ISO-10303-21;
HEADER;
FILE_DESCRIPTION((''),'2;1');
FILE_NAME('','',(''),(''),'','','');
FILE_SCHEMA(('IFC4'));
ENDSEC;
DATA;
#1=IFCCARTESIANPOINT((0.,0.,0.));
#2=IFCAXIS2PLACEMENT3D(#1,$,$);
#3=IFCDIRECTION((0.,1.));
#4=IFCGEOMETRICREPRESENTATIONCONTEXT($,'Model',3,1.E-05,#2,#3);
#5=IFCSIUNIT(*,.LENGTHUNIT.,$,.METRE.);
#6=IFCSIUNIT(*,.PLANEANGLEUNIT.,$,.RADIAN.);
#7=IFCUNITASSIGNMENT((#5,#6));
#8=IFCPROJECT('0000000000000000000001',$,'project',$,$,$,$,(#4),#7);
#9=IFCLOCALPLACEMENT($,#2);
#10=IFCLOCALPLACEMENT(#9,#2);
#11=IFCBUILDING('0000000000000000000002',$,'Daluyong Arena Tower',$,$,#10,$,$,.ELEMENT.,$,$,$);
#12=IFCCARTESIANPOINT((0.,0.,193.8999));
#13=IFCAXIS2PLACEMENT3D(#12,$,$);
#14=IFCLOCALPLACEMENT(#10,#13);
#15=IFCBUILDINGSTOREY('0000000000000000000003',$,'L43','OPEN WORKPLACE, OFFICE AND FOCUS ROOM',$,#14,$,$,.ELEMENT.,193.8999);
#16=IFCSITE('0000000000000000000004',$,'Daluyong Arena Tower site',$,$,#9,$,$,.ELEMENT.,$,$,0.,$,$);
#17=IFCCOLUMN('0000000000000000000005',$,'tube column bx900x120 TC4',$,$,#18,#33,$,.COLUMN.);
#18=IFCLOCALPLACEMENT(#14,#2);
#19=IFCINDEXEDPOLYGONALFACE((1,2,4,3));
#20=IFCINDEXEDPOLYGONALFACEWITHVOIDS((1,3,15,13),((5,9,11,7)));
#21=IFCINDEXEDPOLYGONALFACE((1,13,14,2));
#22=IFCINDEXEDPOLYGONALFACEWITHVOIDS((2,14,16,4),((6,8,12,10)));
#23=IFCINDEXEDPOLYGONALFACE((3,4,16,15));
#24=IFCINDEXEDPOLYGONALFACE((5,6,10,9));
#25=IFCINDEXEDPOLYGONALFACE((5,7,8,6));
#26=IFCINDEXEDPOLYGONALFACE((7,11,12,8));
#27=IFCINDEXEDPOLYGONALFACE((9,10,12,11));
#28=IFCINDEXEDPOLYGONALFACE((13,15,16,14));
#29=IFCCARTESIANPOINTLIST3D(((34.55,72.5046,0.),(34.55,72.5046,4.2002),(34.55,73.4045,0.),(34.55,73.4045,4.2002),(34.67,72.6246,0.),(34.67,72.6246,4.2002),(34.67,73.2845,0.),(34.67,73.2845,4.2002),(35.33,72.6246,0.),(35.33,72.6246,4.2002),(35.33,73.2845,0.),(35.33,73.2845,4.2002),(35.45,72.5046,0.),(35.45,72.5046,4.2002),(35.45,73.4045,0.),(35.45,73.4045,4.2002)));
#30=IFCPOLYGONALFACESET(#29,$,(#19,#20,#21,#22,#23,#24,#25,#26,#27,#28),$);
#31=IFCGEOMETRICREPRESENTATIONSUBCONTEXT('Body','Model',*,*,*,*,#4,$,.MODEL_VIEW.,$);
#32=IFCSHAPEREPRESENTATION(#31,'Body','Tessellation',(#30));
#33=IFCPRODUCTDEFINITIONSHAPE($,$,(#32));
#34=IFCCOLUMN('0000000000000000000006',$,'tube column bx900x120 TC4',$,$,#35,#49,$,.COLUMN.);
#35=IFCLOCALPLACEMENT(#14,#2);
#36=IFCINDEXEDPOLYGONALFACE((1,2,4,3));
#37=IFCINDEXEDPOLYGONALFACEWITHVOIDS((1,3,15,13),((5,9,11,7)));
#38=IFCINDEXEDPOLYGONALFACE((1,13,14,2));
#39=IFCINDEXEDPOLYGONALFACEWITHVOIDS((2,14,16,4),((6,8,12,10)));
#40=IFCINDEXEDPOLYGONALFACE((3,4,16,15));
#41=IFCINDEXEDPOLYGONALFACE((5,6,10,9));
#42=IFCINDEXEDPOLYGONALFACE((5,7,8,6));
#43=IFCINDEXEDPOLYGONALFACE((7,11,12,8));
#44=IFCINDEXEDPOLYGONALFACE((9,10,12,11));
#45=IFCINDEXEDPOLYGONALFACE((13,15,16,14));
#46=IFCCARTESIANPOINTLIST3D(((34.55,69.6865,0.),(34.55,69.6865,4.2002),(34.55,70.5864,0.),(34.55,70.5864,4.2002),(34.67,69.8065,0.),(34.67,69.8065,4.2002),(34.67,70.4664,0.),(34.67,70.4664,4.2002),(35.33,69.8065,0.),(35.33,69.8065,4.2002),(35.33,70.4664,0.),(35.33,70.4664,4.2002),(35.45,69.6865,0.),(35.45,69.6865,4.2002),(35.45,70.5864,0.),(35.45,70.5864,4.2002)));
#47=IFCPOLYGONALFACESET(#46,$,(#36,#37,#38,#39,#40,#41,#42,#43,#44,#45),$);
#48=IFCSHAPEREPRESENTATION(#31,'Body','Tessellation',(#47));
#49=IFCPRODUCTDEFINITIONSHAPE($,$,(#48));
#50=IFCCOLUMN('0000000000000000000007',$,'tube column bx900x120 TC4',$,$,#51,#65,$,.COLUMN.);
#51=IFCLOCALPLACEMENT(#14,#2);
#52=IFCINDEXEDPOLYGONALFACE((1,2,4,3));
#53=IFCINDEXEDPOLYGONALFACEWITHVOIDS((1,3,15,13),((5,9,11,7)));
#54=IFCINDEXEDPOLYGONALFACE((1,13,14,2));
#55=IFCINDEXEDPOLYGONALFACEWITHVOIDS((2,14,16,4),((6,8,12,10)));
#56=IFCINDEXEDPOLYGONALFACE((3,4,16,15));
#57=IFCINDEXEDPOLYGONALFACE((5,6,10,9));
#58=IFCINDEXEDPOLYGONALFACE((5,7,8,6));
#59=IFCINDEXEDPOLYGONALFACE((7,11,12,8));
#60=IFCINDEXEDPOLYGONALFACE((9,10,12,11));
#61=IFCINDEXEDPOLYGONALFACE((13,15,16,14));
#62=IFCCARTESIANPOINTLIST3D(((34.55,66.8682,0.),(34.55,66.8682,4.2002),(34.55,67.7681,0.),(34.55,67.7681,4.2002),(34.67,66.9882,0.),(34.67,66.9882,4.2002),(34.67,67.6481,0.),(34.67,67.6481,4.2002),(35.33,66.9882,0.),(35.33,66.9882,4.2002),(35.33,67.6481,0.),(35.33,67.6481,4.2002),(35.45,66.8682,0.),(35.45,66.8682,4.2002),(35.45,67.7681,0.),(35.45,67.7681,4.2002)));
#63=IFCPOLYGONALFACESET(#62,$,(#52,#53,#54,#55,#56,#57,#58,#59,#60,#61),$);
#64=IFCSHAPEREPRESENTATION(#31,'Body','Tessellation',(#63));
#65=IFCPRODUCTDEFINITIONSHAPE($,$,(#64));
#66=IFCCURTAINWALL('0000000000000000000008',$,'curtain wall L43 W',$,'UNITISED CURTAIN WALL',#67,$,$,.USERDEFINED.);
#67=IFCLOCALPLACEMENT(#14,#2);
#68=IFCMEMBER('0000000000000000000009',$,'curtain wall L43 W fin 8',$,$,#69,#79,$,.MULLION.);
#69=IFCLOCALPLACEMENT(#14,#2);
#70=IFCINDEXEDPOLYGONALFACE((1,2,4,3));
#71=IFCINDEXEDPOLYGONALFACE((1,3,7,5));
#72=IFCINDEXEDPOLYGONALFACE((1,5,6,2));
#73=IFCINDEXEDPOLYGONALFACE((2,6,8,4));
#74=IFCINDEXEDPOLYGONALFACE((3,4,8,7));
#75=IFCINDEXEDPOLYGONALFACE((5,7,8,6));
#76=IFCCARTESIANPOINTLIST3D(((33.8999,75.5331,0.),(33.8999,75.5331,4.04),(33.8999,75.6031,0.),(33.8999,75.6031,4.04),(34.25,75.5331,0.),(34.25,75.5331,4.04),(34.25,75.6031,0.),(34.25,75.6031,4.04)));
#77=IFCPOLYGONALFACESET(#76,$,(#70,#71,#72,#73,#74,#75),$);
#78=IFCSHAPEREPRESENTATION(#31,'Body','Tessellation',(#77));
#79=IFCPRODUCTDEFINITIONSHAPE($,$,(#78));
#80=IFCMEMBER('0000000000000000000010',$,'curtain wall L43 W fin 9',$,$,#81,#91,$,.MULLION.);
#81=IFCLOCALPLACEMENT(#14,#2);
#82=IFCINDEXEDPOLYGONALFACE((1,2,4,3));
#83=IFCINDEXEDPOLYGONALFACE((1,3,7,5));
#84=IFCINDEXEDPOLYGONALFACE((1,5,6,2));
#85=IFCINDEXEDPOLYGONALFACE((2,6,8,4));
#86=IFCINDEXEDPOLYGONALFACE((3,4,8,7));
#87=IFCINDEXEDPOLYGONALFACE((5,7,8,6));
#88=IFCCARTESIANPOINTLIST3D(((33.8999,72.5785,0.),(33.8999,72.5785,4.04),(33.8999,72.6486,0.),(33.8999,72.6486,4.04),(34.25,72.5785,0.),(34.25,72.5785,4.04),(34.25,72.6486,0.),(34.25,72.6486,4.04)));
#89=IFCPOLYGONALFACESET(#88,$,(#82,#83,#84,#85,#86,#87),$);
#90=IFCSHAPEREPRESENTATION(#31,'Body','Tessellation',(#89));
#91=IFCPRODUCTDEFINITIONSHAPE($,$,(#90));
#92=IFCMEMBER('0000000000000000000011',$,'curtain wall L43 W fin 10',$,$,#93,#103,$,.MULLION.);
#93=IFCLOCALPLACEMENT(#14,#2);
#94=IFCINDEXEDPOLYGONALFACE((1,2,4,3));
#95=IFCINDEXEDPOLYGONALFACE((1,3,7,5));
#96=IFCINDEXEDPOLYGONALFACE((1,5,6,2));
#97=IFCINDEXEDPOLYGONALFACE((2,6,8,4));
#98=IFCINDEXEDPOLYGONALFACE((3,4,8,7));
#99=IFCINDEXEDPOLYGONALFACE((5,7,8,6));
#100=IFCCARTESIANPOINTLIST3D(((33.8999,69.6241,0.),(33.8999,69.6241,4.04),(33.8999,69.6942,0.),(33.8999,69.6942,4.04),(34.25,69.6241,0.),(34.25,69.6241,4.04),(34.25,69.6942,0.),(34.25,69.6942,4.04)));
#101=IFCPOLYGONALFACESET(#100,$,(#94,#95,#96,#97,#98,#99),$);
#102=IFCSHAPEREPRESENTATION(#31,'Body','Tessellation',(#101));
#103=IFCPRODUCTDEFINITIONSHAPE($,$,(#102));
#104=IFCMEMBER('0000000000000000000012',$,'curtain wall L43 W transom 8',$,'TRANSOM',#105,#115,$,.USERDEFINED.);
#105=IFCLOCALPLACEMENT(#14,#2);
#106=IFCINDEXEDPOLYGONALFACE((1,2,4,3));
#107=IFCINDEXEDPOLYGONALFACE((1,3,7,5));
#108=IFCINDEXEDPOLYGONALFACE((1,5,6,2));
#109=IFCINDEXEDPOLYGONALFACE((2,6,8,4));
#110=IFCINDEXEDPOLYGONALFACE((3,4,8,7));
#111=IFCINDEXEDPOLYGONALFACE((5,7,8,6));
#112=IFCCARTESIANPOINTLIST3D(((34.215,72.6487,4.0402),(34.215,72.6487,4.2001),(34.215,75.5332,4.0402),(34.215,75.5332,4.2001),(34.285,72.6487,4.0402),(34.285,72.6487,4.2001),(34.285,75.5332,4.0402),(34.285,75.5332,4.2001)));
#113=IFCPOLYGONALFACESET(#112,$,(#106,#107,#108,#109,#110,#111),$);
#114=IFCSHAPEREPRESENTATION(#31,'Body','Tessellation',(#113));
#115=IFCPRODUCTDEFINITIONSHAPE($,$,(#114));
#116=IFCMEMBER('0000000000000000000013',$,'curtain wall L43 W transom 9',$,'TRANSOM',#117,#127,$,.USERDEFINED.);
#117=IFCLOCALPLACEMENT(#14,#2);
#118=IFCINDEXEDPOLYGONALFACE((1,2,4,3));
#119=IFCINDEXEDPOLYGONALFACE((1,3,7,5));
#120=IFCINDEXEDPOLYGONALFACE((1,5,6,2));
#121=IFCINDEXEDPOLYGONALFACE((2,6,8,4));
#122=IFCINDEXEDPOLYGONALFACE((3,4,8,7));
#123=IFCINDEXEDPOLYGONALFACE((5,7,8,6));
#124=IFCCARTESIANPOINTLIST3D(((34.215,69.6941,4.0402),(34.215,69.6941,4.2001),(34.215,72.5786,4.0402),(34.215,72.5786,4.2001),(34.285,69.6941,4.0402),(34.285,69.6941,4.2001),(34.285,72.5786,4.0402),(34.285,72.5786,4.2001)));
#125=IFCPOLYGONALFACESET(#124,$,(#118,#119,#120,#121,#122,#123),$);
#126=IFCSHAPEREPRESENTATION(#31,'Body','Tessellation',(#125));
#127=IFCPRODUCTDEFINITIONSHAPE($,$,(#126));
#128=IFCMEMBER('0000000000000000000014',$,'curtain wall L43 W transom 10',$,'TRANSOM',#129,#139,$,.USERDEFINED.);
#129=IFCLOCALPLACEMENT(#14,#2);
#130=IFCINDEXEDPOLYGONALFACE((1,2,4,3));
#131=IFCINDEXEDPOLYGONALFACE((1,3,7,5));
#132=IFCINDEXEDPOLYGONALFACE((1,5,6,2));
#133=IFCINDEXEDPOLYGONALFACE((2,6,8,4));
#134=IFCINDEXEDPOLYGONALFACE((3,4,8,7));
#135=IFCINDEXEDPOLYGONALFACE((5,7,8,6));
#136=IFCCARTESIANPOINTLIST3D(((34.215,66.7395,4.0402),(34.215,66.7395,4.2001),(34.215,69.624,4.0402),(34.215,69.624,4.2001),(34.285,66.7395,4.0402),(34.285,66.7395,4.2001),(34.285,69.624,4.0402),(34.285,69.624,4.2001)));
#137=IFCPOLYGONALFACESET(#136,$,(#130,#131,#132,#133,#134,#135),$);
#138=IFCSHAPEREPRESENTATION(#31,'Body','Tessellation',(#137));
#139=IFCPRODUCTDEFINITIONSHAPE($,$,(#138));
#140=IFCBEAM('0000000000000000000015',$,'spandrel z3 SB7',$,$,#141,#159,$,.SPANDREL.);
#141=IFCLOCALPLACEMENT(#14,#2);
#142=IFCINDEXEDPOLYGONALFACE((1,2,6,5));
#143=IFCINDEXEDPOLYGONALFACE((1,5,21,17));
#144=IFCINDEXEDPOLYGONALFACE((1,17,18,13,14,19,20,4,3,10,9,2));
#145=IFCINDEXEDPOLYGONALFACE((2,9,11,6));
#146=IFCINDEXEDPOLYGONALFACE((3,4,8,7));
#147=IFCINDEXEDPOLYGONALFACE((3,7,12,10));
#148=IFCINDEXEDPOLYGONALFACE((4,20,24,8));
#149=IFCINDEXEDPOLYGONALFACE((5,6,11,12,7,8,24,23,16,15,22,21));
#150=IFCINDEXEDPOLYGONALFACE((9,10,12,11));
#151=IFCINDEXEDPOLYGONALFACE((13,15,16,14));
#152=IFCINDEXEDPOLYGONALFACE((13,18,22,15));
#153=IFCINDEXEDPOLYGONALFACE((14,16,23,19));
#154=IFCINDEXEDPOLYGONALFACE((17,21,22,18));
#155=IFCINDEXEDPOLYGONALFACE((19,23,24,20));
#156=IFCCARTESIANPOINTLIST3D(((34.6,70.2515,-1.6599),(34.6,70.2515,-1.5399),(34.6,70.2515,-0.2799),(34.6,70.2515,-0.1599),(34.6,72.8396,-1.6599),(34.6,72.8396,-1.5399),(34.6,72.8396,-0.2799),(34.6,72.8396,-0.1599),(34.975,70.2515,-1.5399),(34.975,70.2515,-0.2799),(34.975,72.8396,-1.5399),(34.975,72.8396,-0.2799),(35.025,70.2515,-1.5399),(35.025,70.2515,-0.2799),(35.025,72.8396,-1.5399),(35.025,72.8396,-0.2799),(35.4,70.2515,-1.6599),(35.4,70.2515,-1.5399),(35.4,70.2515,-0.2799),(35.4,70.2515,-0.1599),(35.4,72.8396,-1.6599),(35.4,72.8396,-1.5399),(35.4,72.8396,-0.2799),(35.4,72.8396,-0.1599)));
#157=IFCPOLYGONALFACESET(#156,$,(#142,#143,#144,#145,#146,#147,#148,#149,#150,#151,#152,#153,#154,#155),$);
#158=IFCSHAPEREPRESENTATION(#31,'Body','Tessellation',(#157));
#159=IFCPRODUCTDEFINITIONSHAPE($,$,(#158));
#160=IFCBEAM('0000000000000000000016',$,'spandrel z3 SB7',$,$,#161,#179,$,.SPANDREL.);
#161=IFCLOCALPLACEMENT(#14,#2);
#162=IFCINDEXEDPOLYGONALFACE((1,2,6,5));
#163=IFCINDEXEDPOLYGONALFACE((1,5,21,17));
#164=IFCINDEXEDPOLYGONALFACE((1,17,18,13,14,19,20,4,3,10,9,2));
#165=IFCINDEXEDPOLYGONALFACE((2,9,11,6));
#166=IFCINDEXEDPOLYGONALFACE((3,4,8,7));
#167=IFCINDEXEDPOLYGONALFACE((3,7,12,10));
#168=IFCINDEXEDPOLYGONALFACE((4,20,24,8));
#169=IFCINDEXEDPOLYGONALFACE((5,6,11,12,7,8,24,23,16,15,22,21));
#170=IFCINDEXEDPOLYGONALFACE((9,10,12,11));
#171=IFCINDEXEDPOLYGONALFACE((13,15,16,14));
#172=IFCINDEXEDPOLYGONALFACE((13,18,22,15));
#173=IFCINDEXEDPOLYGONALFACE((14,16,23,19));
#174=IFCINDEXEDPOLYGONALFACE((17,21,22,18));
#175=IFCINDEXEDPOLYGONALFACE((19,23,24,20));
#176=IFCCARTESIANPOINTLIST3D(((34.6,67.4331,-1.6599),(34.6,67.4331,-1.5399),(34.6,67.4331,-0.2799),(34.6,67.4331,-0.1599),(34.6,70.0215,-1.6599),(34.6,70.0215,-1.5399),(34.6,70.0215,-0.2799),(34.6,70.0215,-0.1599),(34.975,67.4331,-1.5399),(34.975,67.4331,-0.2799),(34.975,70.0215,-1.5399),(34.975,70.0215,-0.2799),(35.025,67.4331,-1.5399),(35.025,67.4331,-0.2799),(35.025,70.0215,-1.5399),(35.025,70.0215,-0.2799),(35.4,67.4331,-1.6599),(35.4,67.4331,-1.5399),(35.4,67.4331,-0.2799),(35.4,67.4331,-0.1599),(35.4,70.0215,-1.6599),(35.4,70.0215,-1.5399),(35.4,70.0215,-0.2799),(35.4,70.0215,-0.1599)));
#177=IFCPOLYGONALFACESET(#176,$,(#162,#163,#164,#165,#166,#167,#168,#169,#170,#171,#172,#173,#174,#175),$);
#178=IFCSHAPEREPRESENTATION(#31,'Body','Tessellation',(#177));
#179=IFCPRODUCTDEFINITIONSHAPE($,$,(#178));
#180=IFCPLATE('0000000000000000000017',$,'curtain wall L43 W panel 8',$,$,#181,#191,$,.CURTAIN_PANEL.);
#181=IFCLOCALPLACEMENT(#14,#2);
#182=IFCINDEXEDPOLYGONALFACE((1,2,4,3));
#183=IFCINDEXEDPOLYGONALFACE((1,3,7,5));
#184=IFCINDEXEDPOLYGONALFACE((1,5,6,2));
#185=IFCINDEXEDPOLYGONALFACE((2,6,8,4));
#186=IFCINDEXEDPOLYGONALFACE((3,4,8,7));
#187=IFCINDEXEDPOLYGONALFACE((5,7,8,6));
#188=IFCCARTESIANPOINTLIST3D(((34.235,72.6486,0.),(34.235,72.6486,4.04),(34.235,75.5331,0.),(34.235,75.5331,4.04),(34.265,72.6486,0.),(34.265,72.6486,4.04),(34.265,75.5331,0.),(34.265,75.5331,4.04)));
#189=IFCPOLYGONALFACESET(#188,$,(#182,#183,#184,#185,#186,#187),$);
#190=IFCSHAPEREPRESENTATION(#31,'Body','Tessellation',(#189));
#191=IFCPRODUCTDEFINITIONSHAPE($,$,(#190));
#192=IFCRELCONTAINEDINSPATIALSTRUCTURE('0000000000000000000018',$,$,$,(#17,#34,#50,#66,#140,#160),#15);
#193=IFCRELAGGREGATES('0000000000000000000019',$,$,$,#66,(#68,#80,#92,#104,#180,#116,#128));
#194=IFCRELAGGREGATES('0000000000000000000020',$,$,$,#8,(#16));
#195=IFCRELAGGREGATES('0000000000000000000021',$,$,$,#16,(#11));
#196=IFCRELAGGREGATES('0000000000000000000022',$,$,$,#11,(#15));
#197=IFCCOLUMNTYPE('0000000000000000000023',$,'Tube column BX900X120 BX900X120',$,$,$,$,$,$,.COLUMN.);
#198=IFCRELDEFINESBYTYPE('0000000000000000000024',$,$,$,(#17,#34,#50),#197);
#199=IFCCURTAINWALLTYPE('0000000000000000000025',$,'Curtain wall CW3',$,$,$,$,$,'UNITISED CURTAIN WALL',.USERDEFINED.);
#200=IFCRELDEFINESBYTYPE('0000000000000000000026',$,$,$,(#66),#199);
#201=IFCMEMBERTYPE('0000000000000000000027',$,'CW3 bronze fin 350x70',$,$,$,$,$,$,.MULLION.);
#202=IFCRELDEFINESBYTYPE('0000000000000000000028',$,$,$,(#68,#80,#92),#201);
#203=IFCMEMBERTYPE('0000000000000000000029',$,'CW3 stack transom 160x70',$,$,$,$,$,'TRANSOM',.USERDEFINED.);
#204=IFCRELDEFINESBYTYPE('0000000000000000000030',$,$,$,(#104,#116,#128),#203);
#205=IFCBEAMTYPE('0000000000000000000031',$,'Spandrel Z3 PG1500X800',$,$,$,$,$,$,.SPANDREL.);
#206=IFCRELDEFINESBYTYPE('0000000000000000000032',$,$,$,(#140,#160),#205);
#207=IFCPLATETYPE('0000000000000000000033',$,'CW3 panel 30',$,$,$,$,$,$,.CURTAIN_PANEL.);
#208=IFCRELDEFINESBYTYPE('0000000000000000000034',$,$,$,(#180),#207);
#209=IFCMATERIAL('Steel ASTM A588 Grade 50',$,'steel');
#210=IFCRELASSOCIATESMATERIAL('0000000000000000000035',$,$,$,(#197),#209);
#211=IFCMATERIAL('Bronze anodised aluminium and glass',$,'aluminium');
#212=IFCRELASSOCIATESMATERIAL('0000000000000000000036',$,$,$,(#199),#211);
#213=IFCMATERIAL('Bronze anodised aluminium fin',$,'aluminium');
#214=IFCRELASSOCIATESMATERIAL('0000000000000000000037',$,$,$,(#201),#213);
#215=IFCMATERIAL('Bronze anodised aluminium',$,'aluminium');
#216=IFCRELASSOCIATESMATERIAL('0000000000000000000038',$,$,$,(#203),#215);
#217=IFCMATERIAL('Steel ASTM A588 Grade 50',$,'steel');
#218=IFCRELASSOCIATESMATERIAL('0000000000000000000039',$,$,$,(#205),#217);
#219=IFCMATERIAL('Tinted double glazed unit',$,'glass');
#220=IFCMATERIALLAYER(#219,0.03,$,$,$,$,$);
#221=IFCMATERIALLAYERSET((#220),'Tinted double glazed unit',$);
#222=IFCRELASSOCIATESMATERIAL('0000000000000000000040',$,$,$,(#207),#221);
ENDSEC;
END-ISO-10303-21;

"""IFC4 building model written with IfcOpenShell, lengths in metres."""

from ifc_helpers import new_model, si_unit, direction, frame, origin, origin_2d, place, context, subcontext, project, spatial, rectangle, hollow_rectangle, i_section, extrude, material, layer, layer_set, material_profile, profile_set, type_object, element, aggregate, save


model = new_model("IFC4")

# Units and contexts
model_context = context("Model", 3, precision=1e-05, world=origin(), true_north=direction((0.0, 1.0)))
body_context = subcontext(model_context, "Body", "Model", "MODEL_VIEW")
ifc_project = project(units=[si_unit("LENGTHUNIT", "METRE"), si_unit("PLANEANGLEUNIT", "RADIAN")], contexts=[model_context])

# Site, building, storey
site_placement = place(None, origin())
site = spatial("IfcSite", under=ifc_project, at=site_placement, Name="Daluyong Arena Tower site", CompositionType="ELEMENT", RefElevation=0.0)
building_placement = place(site_placement, origin())
building = spatial("IfcBuilding", under=site, at=building_placement, Name="Daluyong Arena Tower", CompositionType="ELEMENT")
storey_placement = place(building_placement, frame((0.0, 0.0, 193.8999)))
storey = spatial("IfcBuildingStorey", under=building, at=storey_placement, Name="L43", Description="OPEN WORKPLACE, OFFICE AND FOCUS ROOM", CompositionType="ELEMENT", Elevation=193.8999)

# Columns
ifc_material_1 = material(Name="Steel ASTM A588 Grade 50", Category="steel")
ifc_material_profile_1 = material_profile(ifc_material_1, hollow_rectangle(XDim=0.8999, YDim=0.8999, WallThickness=0.12, at=origin_2d()))
ifc_profile_set_1 = profile_set([ifc_material_profile_1], Name="Steel ASTM A588 Grade 50")
column_type = type_object("IfcColumnType", Name="Tube column BX900X120 BX900X120", PredefinedType="COLUMN", material=ifc_profile_set_1)
for number, where, z_axis, x_axis, name in (
    (1, (35.0, 72.9546, 0.0), (0.0, 0.0, 1.0), (0.0, 1.0, 0.0), "tube column bx900x120 TC4"),
    (2, (35.0, 70.1365, 0.0), (0.0, 0.0, 1.0), (0.0, 1.0, 0.0), "tube column bx900x120 TC4"),
    (3, (35.0, 67.3181, 0.0), (0.0, 0.0, 1.0), (0.0, 1.0, 0.0), "tube column bx900x120 TC4"),
):
    element("IfcColumn", number, at=place(storey_placement, frame(where, z_axis=z_axis, x_axis=x_axis)), inside=storey, type_object=column_type, Name=name, PredefinedType="COLUMN", context=body_context, shape_type="SweptSolid", body=[
        extrude(hollow_rectangle(XDim=0.8999, YDim=0.8999, WallThickness=0.12, at=origin_2d()), origin(), (0.0, 0.0, 1.0), 4.2002),
    ])

# Curtain wall, members
ifc_material_2 = material(Name="Bronze anodised aluminium and glass", Category="aluminium")
curtain_wall_type = type_object("IfcCurtainWallType", Name="Curtain wall CW3", ElementType="UNITISED CURTAIN WALL", PredefinedType="USERDEFINED", material=ifc_material_2)
curtain_wall_placement = place(storey_placement, origin())
curtain_wall = element("IfcCurtainWall", 4, at=curtain_wall_placement, inside=storey, type_object=curtain_wall_type, Name="curtain wall L43 W", ObjectType="UNITISED CURTAIN WALL", PredefinedType="USERDEFINED")
ifc_material_3 = material(Name="Bronze anodised aluminium fin", Category="aluminium")
ifc_material_profile_2 = material_profile(ifc_material_3, rectangle(XDim=0.3501, YDim=0.0701, at=origin_2d()))
ifc_profile_set_2 = profile_set([ifc_material_profile_2], Name="Bronze anodised aluminium fin")
member_type_1 = type_object("IfcMemberType", Name="CW3 bronze fin 350x70", PredefinedType="MULLION", material=ifc_profile_set_2)
member_1_placement = place(storey_placement, frame((34.075, 75.5681, 0.0), z_axis=(0.0, 0.0, 1.0), x_axis=(1.0, 0.0, 0.0)))
member_1 = element("IfcMember", 5, at=member_1_placement, type_object=member_type_1, Name="curtain wall L43 W fin 8", PredefinedType="MULLION", context=body_context, shape_type="SweptSolid", body=[
    extrude(rectangle(XDim=0.3501, YDim=0.0701, at=origin_2d()), origin(), (0.0, 0.0, 1.0), 4.04),
])
member_2_placement = place(storey_placement, frame((34.075, 72.6135, 0.0), z_axis=(0.0, 0.0, 1.0), x_axis=(1.0, 0.0, 0.0)))
member_2 = element("IfcMember", 6, at=member_2_placement, type_object=member_type_1, Name="curtain wall L43 W fin 9", PredefinedType="MULLION", context=body_context, shape_type="SweptSolid", body=[
    extrude(rectangle(XDim=0.3501, YDim=0.0701, at=origin_2d()), origin(), (0.0, 0.0, 1.0), 4.04),
])
member_3_placement = place(storey_placement, frame((34.075, 69.6592, 0.0), z_axis=(0.0, 0.0, 1.0), x_axis=(1.0, 0.0, 0.0)))
member_3 = element("IfcMember", 7, at=member_3_placement, type_object=member_type_1, Name="curtain wall L43 W fin 10", PredefinedType="MULLION", context=body_context, shape_type="SweptSolid", body=[
    extrude(rectangle(XDim=0.3501, YDim=0.0701, at=origin_2d()), origin(), (0.0, 0.0, 1.0), 4.04),
])
ifc_material_4 = material(Name="Bronze anodised aluminium", Category="aluminium")
ifc_material_profile_3 = material_profile(ifc_material_4, rectangle(XDim=0.0701, YDim=0.1599, at=origin_2d()))
ifc_profile_set_3 = profile_set([ifc_material_profile_3], Name="Bronze anodised aluminium")
member_type_2 = type_object("IfcMemberType", Name="CW3 stack transom 160x70", ElementType="TRANSOM", PredefinedType="USERDEFINED", material=ifc_profile_set_3)
member_4_placement = place(storey_placement, frame((34.25, 75.5332, 4.1201), z_axis=(0.0, -1.0, 0.0), x_axis=(1.0, 0.0, 0.0)))
member_4 = element("IfcMember", 8, at=member_4_placement, type_object=member_type_2, Name="curtain wall L43 W transom 8", ObjectType="TRANSOM", PredefinedType="USERDEFINED", context=body_context, shape_type="SweptSolid", body=[
    extrude(rectangle(XDim=0.0701, YDim=0.1599, at=origin_2d()), origin(), (0.0, 0.0, 1.0), 2.8845),
])
member_5_placement = place(storey_placement, frame((34.25, 72.5786, 4.1201), z_axis=(0.0, -1.0, 0.0), x_axis=(1.0, 0.0, 0.0)))
member_5 = element("IfcMember", 9, at=member_5_placement, type_object=member_type_2, Name="curtain wall L43 W transom 9", ObjectType="TRANSOM", PredefinedType="USERDEFINED", context=body_context, shape_type="SweptSolid", body=[
    extrude(rectangle(XDim=0.0701, YDim=0.1599, at=origin_2d()), origin(), (0.0, 0.0, 1.0), 2.8845),
])
member_6_placement = place(storey_placement, frame((34.25, 69.624, 4.1201), z_axis=(0.0, -1.0, 0.0), x_axis=(1.0, 0.0, 0.0)))
member_6 = element("IfcMember", 10, at=member_6_placement, type_object=member_type_2, Name="curtain wall L43 W transom 10", ObjectType="TRANSOM", PredefinedType="USERDEFINED", context=body_context, shape_type="SweptSolid", body=[
    extrude(rectangle(XDim=0.0701, YDim=0.1599, at=origin_2d()), origin(), (0.0, 0.0, 1.0), 2.8845),
])

# Beams
ifc_material_5 = material(Name="Steel ASTM A588 Grade 50", Category="steel")
ifc_material_profile_4 = material_profile(ifc_material_5, i_section(OverallWidth=0.8, OverallDepth=1.5, WebThickness=0.05, FlangeThickness=0.12, at=origin_2d()))
ifc_profile_set_4 = profile_set([ifc_material_profile_4], Name="Steel ASTM A588 Grade 50")
beam_type = type_object("IfcBeamType", Name="Spandrel Z3 PG1500X800", PredefinedType="SPANDREL", material=ifc_profile_set_4)
beam_1_placement = place(storey_placement, frame((35.0, 72.8396, -0.9099), z_axis=(0.0, -1.0, 0.0), x_axis=(1.0, 0.0, 0.0)))
element("IfcBeam", 11, at=beam_1_placement, inside=storey, type_object=beam_type, Name="spandrel z3 SB7", PredefinedType="SPANDREL", context=body_context, shape_type="SweptSolid", body=[
    extrude(i_section(OverallWidth=0.8, OverallDepth=1.5, WebThickness=0.05, FlangeThickness=0.12, at=origin_2d()), origin(), (0.0, 0.0, 1.0), 2.5881),
])
beam_2_placement = place(storey_placement, frame((35.0, 70.0215, -0.9099), z_axis=(0.0, -1.0, 0.0), x_axis=(1.0, 0.0, 0.0)))
element("IfcBeam", 12, at=beam_2_placement, inside=storey, type_object=beam_type, Name="spandrel z3 SB7", PredefinedType="SPANDREL", context=body_context, shape_type="SweptSolid", body=[
    extrude(i_section(OverallWidth=0.8, OverallDepth=1.5, WebThickness=0.05, FlangeThickness=0.12, at=origin_2d()), origin(), (0.0, 0.0, 1.0), 2.5884),
])

# Plate
ifc_material_6 = material(Name="Tinted double glazed unit", Category="glass")
ifc_layer = layer(ifc_material_6, 0.03)
ifc_layer_set = layer_set([ifc_layer], Name="Tinted double glazed unit")
plate_type = type_object("IfcPlateType", Name="CW3 panel 30", PredefinedType="CURTAIN_PANEL", material=ifc_layer_set)
plate_1_placement = place(storey_placement, frame((34.25, 74.0908, 0.0), z_axis=(0.0, 0.0, 1.0), x_axis=(0.0, -1.0, 0.0)))
plate_1 = element("IfcPlate", 13, at=plate_1_placement, type_object=plate_type, Name="curtain wall L43 W panel 8", PredefinedType="CURTAIN_PANEL", context=body_context, shape_type="SweptSolid", body=[
    extrude(rectangle(XDim=2.8845, YDim=0.03, at=origin_2d()), origin(), (0.0, 0.0, 1.0), 4.04),
])
aggregate(curtain_wall, [member_1, member_2, member_3, member_4, plate_1, member_5, member_6])

save(model, "model.ifc")
